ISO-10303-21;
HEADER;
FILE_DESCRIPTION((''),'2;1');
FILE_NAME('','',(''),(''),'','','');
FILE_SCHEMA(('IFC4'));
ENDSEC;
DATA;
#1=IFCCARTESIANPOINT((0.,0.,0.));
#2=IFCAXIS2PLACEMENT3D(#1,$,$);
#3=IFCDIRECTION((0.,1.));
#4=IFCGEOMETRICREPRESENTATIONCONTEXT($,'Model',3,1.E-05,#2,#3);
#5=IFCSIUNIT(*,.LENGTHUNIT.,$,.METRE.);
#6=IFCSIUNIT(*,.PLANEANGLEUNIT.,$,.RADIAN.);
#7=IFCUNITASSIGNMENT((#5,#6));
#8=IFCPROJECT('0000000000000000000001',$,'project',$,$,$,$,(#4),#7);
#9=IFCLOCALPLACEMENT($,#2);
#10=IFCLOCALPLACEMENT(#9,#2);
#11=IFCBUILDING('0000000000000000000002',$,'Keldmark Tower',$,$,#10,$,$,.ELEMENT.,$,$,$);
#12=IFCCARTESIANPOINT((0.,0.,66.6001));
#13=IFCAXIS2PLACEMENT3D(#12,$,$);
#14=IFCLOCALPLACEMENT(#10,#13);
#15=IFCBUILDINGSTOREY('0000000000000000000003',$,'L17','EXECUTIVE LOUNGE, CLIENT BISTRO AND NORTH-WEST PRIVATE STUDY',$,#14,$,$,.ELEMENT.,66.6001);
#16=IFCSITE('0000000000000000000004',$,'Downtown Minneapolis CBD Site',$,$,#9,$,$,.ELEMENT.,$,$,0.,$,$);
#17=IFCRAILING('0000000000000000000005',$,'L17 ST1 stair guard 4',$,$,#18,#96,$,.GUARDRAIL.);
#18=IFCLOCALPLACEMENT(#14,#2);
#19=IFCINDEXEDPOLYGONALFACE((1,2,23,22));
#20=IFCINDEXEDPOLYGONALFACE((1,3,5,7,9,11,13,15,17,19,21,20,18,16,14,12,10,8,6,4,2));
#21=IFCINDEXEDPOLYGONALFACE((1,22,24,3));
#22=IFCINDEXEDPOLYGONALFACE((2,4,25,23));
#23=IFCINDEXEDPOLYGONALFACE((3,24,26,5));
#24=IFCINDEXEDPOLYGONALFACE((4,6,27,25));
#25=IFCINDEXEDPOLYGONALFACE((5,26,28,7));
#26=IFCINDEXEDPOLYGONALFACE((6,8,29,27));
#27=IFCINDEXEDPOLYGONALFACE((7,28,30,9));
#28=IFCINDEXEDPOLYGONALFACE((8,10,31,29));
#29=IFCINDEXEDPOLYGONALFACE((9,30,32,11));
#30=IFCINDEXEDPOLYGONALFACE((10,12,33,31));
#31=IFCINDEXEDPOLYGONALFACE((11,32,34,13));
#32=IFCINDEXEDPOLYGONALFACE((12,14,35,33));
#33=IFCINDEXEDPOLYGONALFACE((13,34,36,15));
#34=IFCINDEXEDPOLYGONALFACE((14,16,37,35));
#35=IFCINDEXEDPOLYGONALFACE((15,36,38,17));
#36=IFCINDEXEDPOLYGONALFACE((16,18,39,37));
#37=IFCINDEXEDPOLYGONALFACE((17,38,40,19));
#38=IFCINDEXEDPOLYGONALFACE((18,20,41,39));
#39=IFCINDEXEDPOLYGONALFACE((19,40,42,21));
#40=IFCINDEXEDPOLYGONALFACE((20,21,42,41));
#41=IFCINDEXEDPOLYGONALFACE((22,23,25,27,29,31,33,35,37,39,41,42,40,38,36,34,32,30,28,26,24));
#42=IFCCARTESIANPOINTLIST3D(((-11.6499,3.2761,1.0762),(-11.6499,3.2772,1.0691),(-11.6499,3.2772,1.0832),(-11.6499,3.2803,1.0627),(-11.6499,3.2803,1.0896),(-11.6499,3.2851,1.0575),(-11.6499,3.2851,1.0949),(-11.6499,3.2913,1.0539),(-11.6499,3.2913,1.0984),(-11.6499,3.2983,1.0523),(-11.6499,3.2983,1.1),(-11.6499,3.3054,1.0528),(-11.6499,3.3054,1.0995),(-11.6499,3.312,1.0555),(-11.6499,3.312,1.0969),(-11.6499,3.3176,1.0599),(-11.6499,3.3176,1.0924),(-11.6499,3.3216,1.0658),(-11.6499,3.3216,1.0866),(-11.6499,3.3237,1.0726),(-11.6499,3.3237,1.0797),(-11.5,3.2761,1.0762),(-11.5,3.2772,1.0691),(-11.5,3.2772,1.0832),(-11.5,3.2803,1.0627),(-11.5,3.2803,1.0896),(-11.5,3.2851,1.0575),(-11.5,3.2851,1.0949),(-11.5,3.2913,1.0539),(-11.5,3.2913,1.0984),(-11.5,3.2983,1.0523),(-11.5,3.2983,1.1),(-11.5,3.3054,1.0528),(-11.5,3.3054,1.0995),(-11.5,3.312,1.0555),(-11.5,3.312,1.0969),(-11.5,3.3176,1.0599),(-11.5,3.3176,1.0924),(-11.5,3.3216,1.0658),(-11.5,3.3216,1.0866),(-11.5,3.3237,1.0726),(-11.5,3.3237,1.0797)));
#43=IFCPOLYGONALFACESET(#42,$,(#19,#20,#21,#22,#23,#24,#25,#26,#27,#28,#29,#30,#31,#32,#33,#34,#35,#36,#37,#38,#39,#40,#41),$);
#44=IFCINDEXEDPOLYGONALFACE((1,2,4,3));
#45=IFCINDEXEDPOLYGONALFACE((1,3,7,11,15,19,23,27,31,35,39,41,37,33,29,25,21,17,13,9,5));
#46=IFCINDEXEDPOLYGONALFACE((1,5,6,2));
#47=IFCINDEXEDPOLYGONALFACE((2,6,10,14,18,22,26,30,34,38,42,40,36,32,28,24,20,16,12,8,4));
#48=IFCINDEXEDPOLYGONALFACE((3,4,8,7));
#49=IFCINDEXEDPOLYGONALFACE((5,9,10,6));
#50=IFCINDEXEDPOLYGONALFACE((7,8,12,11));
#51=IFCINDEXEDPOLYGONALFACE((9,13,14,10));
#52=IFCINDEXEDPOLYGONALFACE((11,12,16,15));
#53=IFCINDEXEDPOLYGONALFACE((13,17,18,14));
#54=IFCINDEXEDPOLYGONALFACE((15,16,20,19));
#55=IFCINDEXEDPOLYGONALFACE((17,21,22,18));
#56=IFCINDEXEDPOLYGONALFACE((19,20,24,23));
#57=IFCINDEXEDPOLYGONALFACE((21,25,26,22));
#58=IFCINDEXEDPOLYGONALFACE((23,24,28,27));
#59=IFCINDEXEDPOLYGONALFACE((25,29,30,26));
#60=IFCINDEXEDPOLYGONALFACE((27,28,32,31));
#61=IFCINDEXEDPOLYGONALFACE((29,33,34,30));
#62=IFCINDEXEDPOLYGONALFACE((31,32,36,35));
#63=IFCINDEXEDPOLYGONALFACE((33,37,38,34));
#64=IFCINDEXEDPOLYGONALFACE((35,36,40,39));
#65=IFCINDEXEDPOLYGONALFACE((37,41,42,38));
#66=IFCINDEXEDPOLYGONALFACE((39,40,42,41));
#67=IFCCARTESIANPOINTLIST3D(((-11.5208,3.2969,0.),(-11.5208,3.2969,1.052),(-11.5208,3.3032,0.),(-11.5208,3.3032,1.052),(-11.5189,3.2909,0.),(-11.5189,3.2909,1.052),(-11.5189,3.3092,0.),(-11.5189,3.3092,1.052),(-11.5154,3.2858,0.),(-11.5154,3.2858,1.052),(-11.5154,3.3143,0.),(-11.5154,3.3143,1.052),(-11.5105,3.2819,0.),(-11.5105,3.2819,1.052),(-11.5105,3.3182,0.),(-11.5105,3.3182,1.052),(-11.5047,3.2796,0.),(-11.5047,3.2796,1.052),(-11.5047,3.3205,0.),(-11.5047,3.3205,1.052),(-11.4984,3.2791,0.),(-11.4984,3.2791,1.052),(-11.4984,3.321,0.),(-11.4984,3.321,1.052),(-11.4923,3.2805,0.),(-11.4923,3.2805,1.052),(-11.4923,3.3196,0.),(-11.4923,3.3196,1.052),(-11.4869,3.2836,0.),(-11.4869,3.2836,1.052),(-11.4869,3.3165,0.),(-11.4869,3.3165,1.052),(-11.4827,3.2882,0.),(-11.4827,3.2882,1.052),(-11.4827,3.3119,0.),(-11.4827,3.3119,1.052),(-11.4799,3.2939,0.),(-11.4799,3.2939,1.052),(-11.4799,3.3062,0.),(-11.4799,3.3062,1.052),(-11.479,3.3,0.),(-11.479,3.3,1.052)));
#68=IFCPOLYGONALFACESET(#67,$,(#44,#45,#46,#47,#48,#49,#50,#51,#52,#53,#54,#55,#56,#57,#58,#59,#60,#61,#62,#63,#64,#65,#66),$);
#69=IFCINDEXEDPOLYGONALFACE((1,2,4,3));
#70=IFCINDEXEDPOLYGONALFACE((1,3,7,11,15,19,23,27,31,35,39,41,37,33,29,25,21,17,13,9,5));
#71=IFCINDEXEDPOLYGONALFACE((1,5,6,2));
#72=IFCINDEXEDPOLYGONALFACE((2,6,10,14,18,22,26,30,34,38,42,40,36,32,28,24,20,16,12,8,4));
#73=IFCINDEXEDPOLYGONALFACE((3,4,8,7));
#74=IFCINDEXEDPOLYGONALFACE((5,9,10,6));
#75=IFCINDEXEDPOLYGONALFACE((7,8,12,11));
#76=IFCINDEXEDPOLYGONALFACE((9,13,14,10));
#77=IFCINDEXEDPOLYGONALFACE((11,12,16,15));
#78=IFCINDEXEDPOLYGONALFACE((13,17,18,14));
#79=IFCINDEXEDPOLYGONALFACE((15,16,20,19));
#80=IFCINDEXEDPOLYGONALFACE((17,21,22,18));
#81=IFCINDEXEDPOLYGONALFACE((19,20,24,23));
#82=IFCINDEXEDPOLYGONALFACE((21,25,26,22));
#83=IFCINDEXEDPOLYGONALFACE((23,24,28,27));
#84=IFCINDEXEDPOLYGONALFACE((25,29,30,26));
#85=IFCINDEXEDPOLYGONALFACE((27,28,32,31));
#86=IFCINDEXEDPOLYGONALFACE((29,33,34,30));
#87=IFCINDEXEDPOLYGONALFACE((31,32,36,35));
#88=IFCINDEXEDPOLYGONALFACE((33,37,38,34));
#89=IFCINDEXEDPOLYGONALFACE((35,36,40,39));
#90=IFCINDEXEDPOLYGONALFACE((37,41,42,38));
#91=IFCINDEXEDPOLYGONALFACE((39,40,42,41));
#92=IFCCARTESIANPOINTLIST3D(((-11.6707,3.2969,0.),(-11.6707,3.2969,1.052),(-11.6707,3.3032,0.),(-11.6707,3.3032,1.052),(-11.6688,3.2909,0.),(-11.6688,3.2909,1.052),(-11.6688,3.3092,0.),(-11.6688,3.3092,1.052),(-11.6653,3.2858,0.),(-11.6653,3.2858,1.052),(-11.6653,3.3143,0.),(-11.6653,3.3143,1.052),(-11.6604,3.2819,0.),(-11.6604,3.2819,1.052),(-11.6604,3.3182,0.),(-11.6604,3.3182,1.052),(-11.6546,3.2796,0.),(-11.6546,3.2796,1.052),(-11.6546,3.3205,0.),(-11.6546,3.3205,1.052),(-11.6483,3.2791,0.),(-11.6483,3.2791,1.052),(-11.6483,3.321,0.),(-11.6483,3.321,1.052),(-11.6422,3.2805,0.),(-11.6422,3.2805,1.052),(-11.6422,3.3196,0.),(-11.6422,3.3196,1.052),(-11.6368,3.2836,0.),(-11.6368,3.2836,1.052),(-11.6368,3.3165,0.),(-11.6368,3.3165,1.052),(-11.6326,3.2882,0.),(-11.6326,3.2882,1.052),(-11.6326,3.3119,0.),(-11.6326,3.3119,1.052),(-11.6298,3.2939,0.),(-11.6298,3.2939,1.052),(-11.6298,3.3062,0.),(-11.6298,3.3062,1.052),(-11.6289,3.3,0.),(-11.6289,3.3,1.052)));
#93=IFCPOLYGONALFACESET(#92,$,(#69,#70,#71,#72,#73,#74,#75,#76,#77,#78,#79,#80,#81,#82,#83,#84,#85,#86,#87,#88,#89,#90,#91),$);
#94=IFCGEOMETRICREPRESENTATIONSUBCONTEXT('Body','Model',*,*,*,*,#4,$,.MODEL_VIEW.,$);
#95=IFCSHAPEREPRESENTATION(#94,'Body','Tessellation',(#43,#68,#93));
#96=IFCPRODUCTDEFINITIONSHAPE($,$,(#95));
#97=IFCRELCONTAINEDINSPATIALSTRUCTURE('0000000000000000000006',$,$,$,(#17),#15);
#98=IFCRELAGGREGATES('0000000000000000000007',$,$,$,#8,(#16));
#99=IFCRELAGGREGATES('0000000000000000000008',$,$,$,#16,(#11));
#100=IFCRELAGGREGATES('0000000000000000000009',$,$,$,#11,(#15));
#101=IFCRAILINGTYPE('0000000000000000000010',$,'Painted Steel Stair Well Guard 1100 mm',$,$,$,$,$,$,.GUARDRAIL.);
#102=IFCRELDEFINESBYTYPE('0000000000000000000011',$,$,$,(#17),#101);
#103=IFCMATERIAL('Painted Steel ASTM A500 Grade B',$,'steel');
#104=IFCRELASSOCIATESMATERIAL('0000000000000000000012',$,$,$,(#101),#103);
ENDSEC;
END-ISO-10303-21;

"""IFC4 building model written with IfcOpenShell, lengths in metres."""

from ifc_helpers import new_model, si_unit, direction, frame, origin, origin_2d, place, context, subcontext, project, spatial, circle, extrude, material, type_object, element, save


model = new_model("IFC4")

# Units and contexts
model_context = context("Model", 3, precision=1e-05, world=origin(), true_north=direction((0.0, 1.0)))
body_context = subcontext(model_context, "Body", "Model", "MODEL_VIEW")
ifc_project = project(units=[si_unit("LENGTHUNIT", "METRE"), si_unit("PLANEANGLEUNIT", "RADIAN")], contexts=[model_context])

# Site, building, storey
site_placement = place(None, origin())
site = spatial("IfcSite", under=ifc_project, at=site_placement, Name="Downtown Minneapolis CBD Site", CompositionType="ELEMENT", RefElevation=0.0)
building_placement = place(site_placement, origin())
building = spatial("IfcBuilding", under=site, at=building_placement, Name="Keldmark Tower", CompositionType="ELEMENT")
storey_placement = place(building_placement, frame((0.0, 0.0, 66.6001)))
storey = spatial("IfcBuildingStorey", under=building, at=storey_placement, Name="L17", Description="EXECUTIVE LOUNGE, CLIENT BISTRO AND NORTH-WEST PRIVATE STUDY", CompositionType="ELEMENT", Elevation=66.6001)

# Railing
ifc_material_1 = material(Name="Painted Steel ASTM A500 Grade B", Category="steel")
railing_type_1 = type_object("IfcRailingType", Name="Painted Steel Stair Well Guard 1100 mm", PredefinedType="GUARDRAIL", material=ifc_material_1)
railing_1_placement = place(storey_placement, frame((-11.5, 3.3, 0.0)))
element("IfcRailing", 1, at=railing_1_placement, inside=storey, type_object=railing_type_1, Name="L17 ST1 stair guard 4", PredefinedType="GUARDRAIL", context=body_context, shape_type="SweptSolid", body=[
    extrude(circle(Radius=0.0239, at=origin_2d()), frame((0.0, 0.0, 1.0762), z_axis=(-1.0, 0.0, 0.0), x_axis=(0.0, -1.0, 0.0)), (0.0, 0.0, 1.0), 0.1499),
    extrude(circle(Radius=0.021, at=origin_2d()), origin(), (0.0, 0.0, 1.0), 1.052),
    extrude(circle(Radius=0.021, at=origin_2d()), frame((-0.1499, 0.0, 0.0)), (0.0, 0.0, 1.0), 1.052),
])

save(model, "model.ifc")
